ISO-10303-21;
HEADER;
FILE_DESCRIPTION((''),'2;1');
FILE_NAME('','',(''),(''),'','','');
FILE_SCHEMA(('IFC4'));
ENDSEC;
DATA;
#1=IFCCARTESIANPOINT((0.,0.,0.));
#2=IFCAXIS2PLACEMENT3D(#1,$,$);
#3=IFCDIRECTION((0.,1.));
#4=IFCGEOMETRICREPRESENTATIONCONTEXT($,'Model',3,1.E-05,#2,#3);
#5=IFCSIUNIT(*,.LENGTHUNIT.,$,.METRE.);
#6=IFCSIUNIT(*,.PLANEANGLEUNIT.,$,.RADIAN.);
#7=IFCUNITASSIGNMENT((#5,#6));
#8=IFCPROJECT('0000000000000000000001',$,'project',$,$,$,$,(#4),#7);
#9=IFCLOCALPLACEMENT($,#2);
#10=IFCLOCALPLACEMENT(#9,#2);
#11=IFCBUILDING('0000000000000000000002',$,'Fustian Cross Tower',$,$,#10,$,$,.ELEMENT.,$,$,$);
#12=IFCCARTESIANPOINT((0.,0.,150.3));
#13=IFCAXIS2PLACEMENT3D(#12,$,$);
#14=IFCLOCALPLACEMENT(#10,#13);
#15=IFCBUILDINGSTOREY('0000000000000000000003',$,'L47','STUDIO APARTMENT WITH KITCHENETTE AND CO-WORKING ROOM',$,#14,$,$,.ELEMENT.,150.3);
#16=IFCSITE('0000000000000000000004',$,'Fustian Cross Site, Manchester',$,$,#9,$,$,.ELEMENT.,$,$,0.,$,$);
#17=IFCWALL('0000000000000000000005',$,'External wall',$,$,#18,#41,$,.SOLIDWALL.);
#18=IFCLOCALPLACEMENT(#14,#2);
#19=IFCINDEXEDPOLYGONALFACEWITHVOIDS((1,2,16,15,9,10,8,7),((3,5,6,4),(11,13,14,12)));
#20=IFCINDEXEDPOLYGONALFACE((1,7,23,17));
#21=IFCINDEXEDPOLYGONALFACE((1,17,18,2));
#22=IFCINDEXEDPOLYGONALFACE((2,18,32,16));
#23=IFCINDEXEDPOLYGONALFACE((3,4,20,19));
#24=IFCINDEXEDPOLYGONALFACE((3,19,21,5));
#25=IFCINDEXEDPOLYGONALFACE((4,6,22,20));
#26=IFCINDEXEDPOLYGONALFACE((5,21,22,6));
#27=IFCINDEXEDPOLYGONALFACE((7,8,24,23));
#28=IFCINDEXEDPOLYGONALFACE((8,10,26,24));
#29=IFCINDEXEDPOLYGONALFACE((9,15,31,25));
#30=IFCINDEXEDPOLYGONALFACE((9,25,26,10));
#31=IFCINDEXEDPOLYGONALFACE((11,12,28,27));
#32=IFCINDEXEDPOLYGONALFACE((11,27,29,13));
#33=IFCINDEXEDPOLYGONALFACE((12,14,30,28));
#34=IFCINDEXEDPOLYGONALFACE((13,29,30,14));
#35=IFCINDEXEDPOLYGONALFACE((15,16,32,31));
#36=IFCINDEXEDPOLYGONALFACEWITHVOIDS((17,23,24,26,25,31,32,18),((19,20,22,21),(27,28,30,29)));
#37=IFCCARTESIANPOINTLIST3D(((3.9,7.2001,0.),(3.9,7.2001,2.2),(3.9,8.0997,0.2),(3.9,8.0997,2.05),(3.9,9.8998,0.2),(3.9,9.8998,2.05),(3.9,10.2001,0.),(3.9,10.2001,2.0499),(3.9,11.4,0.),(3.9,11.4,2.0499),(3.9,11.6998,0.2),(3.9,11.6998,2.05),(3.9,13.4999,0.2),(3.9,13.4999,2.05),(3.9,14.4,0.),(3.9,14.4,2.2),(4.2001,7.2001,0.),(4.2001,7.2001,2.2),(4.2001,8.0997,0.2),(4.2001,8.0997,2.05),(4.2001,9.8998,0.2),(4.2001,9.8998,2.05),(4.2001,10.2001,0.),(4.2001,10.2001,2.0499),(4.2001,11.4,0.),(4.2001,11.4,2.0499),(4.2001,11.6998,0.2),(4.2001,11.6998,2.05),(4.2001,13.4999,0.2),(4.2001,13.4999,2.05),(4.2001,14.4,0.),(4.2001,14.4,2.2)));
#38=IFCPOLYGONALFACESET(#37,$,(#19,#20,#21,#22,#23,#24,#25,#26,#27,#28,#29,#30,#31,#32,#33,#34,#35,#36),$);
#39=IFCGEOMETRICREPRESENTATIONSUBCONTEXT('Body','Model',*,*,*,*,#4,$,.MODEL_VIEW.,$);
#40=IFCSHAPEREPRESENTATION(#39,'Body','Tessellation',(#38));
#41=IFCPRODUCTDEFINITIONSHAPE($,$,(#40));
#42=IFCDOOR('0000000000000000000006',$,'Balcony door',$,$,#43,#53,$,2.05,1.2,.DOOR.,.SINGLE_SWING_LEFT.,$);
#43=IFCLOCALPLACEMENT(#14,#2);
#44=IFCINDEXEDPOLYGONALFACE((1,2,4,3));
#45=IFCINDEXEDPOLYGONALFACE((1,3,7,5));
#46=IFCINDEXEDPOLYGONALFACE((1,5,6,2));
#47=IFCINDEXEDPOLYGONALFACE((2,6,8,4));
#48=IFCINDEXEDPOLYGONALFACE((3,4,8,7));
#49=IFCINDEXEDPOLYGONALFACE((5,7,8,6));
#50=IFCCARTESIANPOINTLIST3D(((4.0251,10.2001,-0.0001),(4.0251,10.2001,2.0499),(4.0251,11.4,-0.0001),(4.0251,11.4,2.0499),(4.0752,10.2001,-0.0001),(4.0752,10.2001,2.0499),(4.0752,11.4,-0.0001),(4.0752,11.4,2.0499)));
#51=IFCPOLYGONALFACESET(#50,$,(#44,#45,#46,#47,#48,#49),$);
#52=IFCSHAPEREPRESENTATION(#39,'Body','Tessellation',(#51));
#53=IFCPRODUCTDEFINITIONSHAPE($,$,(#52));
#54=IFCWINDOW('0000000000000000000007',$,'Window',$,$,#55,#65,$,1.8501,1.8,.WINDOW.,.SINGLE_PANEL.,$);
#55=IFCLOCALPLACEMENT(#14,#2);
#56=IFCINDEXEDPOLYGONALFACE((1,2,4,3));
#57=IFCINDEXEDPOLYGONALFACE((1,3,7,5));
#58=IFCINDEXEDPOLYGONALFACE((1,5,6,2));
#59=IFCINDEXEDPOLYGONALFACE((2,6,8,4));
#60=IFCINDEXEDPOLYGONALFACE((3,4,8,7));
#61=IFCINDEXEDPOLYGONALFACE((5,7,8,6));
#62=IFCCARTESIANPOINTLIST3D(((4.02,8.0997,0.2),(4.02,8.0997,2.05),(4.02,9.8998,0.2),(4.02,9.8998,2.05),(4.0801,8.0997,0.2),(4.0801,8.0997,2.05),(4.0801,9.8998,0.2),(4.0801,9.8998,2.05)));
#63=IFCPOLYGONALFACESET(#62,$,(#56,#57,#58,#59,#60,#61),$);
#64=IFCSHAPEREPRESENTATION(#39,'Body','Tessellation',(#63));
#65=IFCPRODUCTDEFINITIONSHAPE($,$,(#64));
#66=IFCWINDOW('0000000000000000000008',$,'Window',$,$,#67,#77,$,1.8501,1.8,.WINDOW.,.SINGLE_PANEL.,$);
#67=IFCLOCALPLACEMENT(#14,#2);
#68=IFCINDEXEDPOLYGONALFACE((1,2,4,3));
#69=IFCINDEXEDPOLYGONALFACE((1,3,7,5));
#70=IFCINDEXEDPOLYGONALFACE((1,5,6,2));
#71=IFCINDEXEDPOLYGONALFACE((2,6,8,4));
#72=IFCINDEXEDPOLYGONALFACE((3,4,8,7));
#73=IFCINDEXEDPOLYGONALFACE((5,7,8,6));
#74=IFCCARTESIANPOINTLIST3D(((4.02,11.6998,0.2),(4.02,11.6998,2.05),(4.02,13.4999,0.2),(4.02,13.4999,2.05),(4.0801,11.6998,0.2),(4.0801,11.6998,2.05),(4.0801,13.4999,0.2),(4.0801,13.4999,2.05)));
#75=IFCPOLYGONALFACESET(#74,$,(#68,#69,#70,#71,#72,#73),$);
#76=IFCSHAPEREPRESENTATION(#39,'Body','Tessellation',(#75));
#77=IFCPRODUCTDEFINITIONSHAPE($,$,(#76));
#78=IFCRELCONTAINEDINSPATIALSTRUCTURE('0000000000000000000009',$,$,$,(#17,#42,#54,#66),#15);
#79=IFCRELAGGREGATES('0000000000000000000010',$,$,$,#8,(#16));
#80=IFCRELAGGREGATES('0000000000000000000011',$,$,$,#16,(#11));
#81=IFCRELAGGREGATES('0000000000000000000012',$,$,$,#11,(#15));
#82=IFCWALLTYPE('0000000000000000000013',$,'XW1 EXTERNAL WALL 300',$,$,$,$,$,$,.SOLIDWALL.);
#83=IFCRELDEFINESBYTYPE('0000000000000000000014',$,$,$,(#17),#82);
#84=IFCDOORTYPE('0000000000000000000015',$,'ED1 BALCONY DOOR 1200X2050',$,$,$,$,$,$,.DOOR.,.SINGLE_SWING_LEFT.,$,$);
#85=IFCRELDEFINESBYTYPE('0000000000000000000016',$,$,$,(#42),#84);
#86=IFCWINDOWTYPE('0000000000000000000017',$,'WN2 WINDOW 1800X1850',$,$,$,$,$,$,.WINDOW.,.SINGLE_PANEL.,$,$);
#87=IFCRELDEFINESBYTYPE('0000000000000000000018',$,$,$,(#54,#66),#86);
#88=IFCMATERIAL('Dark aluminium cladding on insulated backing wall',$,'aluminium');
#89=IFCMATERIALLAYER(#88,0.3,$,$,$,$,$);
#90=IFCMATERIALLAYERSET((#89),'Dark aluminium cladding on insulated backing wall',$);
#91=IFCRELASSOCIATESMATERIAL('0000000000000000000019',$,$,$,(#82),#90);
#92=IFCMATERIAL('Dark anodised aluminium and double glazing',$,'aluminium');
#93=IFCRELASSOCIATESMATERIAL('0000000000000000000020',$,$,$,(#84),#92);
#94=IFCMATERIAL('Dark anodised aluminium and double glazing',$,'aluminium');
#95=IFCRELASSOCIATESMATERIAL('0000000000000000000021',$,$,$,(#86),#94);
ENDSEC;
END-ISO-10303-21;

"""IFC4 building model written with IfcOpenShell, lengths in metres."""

from ifc_helpers import new_model, si_unit, direction, frame, frame_2d, origin, place, context, subcontext, project, spatial, rectangle, extrude, material, layer, layer_set, type_object, element, fill, save


model = new_model("IFC4")

# Units and contexts
model_context = context("Model", 3, precision=1e-05, world=origin(), true_north=direction((0.0, 1.0)))
body_context = subcontext(model_context, "Body", "Model", "MODEL_VIEW")
ifc_project = project(units=[si_unit("LENGTHUNIT", "METRE"), si_unit("PLANEANGLEUNIT", "RADIAN")], contexts=[model_context])

# Site, building, storey
site_placement = place(None, origin())
site = spatial("IfcSite", under=ifc_project, at=site_placement, Name="Fustian Cross Site, Manchester", CompositionType="ELEMENT", RefElevation=0.0)
building_placement = place(site_placement, origin())
building = spatial("IfcBuilding", under=site, at=building_placement, Name="Fustian Cross Tower", CompositionType="ELEMENT")
storey_placement = place(building_placement, frame((0.0, 0.0, 150.3)))
storey = spatial("IfcBuildingStorey", under=building, at=storey_placement, Name="L47", Description="STUDIO APARTMENT WITH KITCHENETTE AND CO-WORKING ROOM", CompositionType="ELEMENT", Elevation=150.3)

# Shared definitions
ifc_material_1 = material(Name="Dark aluminium cladding on insulated backing wall", Category="aluminium")
ifc_layer_1 = layer(ifc_material_1, 0.3)
ifc_layer_set_1 = layer_set([ifc_layer_1], Name="Dark aluminium cladding on insulated backing wall")
wall_type_1 = type_object("IfcWallType", Name="XW1 EXTERNAL WALL 300", PredefinedType="SOLIDWALL", material=ifc_layer_set_1)

# Wall, openings, door, windows
wall_1_placement = place(storey_placement, frame((4.05, 7.2, 0.0), z_axis=(0.0, 0.0, 1.0), x_axis=(0.0, 1.0, 0.0)))
wall_1 = element("IfcWall", 1, at=wall_1_placement, inside=storey, type_object=wall_type_1, Name="External wall", PredefinedType="SOLIDWALL", context=body_context, shape_type="SweptSolid", body=[
    extrude(rectangle(XDim=7.2, YDim=0.3, at=frame_2d((3.6001, 0.0))), origin(), (0.0, 0.0, 1.0), 2.2),
])
opening_1_placement = place(wall_1_placement, frame((3.0, 0.0, 0.0)))
opening_1 = element("IfcOpeningElement", 2, at=opening_1_placement, cuts=wall_1, PredefinedType="OPENING", context=body_context, shape_type="SweptSolid", body=[
    extrude(rectangle(XDim=1.2, YDim=2.05, at=frame_2d((0.6001, 1.0249))), frame((0.0, 0.1599, 0.0), z_axis=(0.0, -1.0, 0.0), x_axis=(1.0, 0.0, 0.0)), (0.0, 0.0, 1.0), 0.3201),
])
opening_2_placement = place(wall_1_placement, frame((0.8999, 0.0, 0.2)))
opening_2 = element("IfcOpeningElement", 3, at=opening_2_placement, cuts=wall_1, PredefinedType="OPENING", context=body_context, shape_type="SweptSolid", body=[
    extrude(rectangle(XDim=1.8, YDim=1.8501, at=frame_2d((0.8999, 0.925))), frame((0.0, 0.1599, 0.0), z_axis=(0.0, -1.0, 0.0), x_axis=(1.0, 0.0, 0.0)), (0.0, 0.0, 1.0), 0.3201),
])
opening_3_placement = place(wall_1_placement, frame((4.5, 0.0, 0.2)))
opening_3 = element("IfcOpeningElement", 4, at=opening_3_placement, cuts=wall_1, PredefinedType="OPENING", context=body_context, shape_type="SweptSolid", body=[
    extrude(rectangle(XDim=1.8, YDim=1.8501, at=frame_2d((0.8999, 0.925))), frame((0.0, 0.1599, 0.0), z_axis=(0.0, -1.0, 0.0), x_axis=(1.0, 0.0, 0.0)), (0.0, 0.0, 1.0), 0.3201),
])
ifc_material_2 = material(Name="Dark anodised aluminium and double glazing", Category="aluminium")
door_type_1 = type_object("IfcDoorType", Name="ED1 BALCONY DOOR 1200X2050", OperationType="SINGLE_SWING_LEFT", PredefinedType="DOOR", material=ifc_material_2)
door_1_placement = place(opening_1_placement, origin())
door_1 = element("IfcDoor", 5, at=door_1_placement, inside=storey, type_object=door_type_1, Name="Balcony door", OperationType="SINGLE_SWING_LEFT", OverallHeight=2.05, OverallWidth=1.2, PredefinedType="DOOR", context=body_context, shape_type="SweptSolid", body=[
    extrude(rectangle(XDim=1.2, YDim=2.05, at=frame_2d((0.6001, 1.0249))), frame((0.0, 0.0249, 0.0), z_axis=(0.0, -1.0, 0.0), x_axis=(1.0, 0.0, 0.0)), (0.0, 0.0, 1.0), 0.05),
])
fill(opening_1, door_1)
ifc_material_3 = material(Name="Dark anodised aluminium and double glazing", Category="aluminium")
window_type = type_object("IfcWindowType", Name="WN2 WINDOW 1800X1850", PartitioningType="SINGLE_PANEL", PredefinedType="WINDOW", material=ifc_material_3)
window_1_placement = place(opening_2_placement, origin())
window_1 = element("IfcWindow", 6, at=window_1_placement, inside=storey, type_object=window_type, Name="Window", OverallHeight=1.8501, OverallWidth=1.8, PartitioningType="SINGLE_PANEL", PredefinedType="WINDOW", context=body_context, shape_type="SweptSolid", body=[
    extrude(rectangle(XDim=1.8, YDim=1.8501, at=frame_2d((0.8999, 0.925))), frame((0.0, 0.03, 0.0), z_axis=(0.0, -1.0, 0.0), x_axis=(1.0, 0.0, 0.0)), (0.0, 0.0, 1.0), 0.0601),
])
fill(opening_2, window_1)
window_2_placement = place(opening_3_placement, origin())
window_2 = element("IfcWindow", 7, at=window_2_placement, inside=storey, type_object=window_type, Name="Window", OverallHeight=1.8501, OverallWidth=1.8, PartitioningType="SINGLE_PANEL", PredefinedType="WINDOW", context=body_context, shape_type="SweptSolid", body=[
    extrude(rectangle(XDim=1.8, YDim=1.8501, at=frame_2d((0.8999, 0.925))), frame((0.0, 0.03, 0.0), z_axis=(0.0, -1.0, 0.0), x_axis=(1.0, 0.0, 0.0)), (0.0, 0.0, 1.0), 0.0601),
])
fill(opening_3, window_2)

save(model, "model.ifc")
